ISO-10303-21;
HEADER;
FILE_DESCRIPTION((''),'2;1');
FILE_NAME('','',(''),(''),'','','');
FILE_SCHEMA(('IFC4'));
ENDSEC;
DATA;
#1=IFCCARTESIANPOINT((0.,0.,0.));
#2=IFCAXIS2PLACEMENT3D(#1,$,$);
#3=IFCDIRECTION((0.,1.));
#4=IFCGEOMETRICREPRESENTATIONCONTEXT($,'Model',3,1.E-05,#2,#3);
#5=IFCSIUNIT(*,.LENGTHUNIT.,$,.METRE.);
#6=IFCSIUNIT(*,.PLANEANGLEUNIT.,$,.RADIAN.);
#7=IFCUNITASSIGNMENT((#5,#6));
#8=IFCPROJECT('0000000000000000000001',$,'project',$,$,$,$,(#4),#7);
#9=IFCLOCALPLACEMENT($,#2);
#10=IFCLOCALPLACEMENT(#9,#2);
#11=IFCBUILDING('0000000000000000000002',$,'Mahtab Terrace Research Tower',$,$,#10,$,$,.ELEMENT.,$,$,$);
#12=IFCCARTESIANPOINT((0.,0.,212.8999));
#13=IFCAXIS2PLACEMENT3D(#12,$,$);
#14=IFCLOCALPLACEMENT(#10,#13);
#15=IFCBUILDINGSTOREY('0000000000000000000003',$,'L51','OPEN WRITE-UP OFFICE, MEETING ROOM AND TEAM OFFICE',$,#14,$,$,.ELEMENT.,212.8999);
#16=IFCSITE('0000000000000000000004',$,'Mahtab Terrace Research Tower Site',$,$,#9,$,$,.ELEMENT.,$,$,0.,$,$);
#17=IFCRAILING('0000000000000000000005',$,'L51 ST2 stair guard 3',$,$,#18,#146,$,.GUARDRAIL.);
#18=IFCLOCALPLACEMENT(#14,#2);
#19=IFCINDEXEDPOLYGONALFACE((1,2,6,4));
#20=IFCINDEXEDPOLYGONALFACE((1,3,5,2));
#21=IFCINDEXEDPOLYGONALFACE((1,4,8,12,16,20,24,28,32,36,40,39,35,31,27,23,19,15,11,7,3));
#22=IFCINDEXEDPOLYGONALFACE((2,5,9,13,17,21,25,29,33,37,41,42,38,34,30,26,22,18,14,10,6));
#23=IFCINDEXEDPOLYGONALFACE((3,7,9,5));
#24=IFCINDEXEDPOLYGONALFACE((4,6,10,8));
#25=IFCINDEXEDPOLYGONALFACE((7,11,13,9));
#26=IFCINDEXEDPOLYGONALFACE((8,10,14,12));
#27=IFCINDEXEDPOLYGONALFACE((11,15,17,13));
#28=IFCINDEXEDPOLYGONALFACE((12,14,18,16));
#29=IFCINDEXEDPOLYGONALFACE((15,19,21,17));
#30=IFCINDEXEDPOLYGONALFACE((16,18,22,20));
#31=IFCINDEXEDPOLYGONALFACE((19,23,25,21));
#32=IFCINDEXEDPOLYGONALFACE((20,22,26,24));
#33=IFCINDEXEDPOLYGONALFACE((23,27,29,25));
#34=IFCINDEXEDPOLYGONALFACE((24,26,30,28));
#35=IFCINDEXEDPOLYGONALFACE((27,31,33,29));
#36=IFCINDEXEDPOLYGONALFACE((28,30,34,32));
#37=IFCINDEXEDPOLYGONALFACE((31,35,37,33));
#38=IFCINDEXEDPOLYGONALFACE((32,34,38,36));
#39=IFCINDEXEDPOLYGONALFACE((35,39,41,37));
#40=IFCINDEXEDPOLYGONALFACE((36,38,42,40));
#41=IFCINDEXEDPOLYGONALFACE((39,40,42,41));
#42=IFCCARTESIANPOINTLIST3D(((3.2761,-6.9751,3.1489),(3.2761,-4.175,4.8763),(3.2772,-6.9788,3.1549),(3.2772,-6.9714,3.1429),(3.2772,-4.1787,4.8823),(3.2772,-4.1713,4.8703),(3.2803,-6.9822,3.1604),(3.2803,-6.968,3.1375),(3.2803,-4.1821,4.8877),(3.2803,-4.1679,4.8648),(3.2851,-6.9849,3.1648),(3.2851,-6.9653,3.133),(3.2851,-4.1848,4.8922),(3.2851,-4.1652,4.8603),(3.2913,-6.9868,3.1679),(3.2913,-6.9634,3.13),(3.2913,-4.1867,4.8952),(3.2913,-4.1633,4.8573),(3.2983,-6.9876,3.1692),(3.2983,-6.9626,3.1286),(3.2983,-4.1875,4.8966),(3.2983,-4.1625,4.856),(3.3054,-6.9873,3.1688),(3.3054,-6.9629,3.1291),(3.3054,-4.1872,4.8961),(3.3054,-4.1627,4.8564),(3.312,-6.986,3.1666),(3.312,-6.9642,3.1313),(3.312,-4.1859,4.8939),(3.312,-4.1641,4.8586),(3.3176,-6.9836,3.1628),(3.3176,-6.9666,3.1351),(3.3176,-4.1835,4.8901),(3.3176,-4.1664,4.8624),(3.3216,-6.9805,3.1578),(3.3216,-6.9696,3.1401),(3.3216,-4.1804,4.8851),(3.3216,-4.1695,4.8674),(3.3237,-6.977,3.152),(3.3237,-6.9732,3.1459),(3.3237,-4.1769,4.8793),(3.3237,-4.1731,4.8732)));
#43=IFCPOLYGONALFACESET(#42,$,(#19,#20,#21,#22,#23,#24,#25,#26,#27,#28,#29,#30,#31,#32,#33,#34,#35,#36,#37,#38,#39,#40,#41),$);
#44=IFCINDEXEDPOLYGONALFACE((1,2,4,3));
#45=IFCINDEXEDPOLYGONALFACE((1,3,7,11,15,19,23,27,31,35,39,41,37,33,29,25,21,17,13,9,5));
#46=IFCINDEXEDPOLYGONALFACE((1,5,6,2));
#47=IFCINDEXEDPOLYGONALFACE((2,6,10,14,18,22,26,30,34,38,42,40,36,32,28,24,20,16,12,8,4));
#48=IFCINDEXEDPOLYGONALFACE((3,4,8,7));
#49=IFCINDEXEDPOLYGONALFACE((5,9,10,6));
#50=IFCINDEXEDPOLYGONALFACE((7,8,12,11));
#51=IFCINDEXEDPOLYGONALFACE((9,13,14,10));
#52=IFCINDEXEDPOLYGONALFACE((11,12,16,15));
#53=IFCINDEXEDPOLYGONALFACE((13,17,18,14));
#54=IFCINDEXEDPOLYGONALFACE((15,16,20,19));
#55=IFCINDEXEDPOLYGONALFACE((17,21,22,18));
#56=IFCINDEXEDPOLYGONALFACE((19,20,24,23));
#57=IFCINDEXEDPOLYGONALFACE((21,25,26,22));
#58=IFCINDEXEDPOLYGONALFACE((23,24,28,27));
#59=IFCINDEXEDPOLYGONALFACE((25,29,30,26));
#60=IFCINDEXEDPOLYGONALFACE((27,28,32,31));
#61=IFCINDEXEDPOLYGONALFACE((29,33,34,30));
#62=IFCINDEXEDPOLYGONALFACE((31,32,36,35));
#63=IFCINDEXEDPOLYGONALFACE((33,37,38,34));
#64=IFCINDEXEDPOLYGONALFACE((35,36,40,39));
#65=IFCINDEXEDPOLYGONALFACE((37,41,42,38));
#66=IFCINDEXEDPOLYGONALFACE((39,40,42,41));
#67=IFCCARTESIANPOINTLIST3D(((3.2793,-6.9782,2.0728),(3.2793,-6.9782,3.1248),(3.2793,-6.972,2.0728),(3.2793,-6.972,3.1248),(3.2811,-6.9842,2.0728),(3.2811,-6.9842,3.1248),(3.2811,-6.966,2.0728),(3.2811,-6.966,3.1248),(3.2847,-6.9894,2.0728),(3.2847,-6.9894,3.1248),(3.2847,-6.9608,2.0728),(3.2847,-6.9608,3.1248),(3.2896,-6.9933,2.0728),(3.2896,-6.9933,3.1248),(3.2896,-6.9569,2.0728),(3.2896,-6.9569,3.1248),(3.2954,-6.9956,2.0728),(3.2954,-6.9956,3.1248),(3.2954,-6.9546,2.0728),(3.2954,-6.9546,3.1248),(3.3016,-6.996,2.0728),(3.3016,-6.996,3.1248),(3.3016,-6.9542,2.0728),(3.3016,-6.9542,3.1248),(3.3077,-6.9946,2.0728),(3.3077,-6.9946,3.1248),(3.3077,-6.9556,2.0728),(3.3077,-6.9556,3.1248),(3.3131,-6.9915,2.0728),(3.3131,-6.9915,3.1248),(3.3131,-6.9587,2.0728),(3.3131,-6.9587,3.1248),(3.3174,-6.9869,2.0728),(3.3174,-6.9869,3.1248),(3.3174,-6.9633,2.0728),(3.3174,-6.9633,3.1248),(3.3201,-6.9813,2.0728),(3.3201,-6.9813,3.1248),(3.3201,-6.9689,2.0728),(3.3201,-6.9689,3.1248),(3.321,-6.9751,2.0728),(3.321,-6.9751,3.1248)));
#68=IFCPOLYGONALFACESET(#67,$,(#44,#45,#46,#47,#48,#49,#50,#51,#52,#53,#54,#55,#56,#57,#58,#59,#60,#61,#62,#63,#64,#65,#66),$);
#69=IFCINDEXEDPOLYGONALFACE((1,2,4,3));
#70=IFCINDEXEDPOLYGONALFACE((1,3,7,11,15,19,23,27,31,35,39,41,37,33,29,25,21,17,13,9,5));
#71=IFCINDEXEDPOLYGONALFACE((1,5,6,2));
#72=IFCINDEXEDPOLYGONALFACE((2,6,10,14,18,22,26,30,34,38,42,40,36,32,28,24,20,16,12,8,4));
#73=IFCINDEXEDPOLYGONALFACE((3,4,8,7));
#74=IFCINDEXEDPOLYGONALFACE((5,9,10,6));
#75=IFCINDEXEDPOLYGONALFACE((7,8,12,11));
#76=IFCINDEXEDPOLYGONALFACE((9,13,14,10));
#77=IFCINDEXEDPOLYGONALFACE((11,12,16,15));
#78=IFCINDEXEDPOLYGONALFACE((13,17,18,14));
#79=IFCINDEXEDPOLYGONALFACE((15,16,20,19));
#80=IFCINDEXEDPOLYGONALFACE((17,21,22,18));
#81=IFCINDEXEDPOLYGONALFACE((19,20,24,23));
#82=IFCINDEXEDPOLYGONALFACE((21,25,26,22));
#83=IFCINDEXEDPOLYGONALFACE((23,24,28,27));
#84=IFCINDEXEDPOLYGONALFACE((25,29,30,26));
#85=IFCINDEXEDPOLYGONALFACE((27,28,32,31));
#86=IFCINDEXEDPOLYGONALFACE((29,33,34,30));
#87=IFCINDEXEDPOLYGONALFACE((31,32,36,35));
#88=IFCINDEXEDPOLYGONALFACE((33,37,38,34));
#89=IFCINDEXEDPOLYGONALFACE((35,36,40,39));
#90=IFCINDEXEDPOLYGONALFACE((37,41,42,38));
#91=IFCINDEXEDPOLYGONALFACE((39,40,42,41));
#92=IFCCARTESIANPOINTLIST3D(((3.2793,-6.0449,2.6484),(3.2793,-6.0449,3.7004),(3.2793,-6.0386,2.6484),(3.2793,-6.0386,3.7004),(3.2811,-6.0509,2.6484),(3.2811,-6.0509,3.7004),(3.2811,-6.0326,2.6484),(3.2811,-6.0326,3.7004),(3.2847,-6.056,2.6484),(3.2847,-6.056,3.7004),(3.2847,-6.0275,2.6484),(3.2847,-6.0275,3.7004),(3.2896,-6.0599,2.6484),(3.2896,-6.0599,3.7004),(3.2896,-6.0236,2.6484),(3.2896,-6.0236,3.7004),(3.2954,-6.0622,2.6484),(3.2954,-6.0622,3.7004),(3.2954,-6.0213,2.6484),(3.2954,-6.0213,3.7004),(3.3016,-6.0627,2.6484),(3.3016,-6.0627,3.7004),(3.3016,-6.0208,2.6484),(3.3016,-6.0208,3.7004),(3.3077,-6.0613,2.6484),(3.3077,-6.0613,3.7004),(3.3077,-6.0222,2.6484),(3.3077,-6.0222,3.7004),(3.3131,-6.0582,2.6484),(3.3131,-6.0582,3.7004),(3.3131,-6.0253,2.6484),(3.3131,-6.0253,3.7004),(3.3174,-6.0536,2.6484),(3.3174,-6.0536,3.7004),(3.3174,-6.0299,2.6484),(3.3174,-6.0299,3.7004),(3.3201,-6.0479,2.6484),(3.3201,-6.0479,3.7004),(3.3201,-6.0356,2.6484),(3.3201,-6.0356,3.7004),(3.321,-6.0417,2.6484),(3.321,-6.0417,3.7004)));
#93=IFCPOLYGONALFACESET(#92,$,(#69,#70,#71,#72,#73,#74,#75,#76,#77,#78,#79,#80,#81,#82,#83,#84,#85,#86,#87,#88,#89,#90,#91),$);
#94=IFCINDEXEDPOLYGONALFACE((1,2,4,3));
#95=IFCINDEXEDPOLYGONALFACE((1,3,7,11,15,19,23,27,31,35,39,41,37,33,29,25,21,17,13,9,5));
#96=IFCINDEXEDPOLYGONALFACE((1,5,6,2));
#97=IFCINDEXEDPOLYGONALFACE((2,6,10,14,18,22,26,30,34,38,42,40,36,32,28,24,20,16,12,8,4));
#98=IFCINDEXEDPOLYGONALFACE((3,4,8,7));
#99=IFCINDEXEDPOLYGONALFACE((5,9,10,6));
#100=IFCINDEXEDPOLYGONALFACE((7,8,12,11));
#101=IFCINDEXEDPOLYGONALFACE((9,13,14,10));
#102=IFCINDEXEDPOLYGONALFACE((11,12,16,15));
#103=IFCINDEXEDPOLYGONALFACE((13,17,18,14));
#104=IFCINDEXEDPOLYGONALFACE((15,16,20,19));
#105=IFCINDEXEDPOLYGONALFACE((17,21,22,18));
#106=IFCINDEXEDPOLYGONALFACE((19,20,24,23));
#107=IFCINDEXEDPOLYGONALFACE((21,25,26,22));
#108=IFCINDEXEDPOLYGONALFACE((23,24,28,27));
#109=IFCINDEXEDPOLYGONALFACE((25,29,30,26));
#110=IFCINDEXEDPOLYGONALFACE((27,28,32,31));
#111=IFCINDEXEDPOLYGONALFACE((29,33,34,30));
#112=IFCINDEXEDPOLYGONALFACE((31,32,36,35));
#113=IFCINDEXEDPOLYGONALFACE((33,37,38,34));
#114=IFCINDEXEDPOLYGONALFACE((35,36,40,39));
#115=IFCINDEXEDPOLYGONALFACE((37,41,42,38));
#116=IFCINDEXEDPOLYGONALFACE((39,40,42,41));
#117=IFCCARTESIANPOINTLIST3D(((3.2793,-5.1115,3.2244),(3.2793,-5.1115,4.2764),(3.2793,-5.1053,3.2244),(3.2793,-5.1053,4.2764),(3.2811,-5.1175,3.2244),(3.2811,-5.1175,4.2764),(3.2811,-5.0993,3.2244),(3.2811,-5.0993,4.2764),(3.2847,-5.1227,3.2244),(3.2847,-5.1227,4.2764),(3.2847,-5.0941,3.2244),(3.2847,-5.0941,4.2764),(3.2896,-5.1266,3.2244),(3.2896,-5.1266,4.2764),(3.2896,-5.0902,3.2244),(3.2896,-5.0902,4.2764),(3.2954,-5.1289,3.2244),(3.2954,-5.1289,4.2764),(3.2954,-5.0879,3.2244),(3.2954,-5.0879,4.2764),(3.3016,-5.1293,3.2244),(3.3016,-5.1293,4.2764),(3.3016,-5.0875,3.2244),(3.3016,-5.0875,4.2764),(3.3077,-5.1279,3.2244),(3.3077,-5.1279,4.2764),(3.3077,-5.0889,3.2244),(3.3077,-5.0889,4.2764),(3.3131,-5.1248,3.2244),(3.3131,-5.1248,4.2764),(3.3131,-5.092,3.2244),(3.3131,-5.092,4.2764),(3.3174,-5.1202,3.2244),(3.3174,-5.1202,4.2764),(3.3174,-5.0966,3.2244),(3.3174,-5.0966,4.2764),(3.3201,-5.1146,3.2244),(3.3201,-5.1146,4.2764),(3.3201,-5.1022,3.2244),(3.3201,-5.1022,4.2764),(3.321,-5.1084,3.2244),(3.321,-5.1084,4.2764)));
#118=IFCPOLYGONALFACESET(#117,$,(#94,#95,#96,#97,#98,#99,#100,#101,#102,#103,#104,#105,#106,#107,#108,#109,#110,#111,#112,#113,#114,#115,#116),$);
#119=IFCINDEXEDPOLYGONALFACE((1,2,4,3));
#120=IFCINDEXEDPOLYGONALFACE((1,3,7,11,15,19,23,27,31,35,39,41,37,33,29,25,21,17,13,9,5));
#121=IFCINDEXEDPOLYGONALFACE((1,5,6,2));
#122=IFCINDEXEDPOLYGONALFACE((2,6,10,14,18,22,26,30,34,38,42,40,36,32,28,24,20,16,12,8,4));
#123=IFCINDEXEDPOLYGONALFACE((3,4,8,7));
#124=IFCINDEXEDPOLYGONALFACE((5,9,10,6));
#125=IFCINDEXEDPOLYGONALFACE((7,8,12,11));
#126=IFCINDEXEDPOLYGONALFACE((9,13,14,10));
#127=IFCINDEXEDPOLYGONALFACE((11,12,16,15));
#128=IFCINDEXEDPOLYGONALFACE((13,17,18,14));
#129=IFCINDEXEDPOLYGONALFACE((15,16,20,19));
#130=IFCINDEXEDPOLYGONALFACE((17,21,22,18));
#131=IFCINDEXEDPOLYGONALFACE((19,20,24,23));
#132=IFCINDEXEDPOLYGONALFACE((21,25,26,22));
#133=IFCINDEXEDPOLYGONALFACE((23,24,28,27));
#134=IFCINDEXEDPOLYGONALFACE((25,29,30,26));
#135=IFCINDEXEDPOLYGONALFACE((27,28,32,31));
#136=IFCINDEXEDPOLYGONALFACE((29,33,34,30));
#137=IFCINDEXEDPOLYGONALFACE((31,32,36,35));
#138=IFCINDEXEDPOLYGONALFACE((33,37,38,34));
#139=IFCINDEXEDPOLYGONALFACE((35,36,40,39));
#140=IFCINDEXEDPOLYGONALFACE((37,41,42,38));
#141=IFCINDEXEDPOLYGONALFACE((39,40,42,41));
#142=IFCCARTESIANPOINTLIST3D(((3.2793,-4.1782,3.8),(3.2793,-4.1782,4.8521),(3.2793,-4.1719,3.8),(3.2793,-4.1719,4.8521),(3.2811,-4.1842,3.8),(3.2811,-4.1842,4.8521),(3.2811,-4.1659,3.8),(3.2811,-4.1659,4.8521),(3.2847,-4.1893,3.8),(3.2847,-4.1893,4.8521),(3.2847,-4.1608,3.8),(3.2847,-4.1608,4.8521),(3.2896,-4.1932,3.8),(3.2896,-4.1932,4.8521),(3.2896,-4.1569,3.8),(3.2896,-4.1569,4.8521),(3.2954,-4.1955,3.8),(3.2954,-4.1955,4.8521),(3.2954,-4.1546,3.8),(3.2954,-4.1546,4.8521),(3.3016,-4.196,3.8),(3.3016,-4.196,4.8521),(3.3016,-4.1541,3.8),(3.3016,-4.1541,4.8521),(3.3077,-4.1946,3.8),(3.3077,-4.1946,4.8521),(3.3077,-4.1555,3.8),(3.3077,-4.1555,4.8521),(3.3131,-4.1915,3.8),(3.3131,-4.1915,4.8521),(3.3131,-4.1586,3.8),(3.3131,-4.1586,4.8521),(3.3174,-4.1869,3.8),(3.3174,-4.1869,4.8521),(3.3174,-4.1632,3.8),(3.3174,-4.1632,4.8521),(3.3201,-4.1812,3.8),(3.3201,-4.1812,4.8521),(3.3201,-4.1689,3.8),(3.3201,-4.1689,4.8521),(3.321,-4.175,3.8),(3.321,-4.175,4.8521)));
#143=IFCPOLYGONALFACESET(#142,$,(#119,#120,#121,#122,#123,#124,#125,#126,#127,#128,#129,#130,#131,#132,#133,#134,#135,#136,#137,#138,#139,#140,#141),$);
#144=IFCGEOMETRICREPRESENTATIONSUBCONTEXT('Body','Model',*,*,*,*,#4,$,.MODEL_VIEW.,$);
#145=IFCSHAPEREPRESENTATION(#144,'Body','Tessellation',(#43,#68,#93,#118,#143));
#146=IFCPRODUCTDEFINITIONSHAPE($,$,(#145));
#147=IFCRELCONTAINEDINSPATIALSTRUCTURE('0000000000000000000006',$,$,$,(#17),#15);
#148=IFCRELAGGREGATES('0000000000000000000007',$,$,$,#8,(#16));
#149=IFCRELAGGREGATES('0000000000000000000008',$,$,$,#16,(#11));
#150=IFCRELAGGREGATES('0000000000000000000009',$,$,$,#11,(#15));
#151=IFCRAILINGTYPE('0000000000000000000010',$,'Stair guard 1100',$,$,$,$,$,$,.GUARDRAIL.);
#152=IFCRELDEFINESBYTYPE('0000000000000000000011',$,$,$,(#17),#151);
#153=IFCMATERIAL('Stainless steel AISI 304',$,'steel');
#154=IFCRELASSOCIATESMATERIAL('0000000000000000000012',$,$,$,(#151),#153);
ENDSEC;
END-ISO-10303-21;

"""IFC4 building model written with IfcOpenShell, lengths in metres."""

from ifc_helpers import new_model, si_unit, direction, frame, origin, origin_2d, place, context, subcontext, project, spatial, circle, extrude, material, type_object, element, save


model = new_model("IFC4")

# Units and contexts
model_context = context("Model", 3, precision=1e-05, world=origin(), true_north=direction((0.0, 1.0)))
body_context = subcontext(model_context, "Body", "Model", "MODEL_VIEW")
ifc_project = project(units=[si_unit("LENGTHUNIT", "METRE"), si_unit("PLANEANGLEUNIT", "RADIAN")], contexts=[model_context])

# Site, building, storey
site_placement = place(None, origin())
site = spatial("IfcSite", under=ifc_project, at=site_placement, Name="Mahtab Terrace Research Tower Site", CompositionType="ELEMENT", RefElevation=0.0)
building_placement = place(site_placement, origin())
building = spatial("IfcBuilding", under=site, at=building_placement, Name="Mahtab Terrace Research Tower", CompositionType="ELEMENT")
storey_placement = place(building_placement, frame((0.0, 0.0, 212.8999)))
storey = spatial("IfcBuildingStorey", under=building, at=storey_placement, Name="L51", Description="OPEN WRITE-UP OFFICE, MEETING ROOM AND TEAM OFFICE", CompositionType="ELEMENT", Elevation=212.8999)

# Shared definitions
ifc_material_1 = material(Name="Stainless steel AISI 304", Category="steel")

# Railing
railing_type = type_object("IfcRailingType", Name="Stair guard 1100", PredefinedType="GUARDRAIL", material=ifc_material_1)
railing_1_placement = place(storey_placement, frame((3.3, -6.9751, 2.0728)))
element("IfcRailing", 1, at=railing_1_placement, inside=storey, type_object=railing_type, Name="L51 ST2 stair guard 3", PredefinedType="GUARDRAIL", context=body_context, shape_type="SweptSolid", body=[
    extrude(circle(Radius=0.0239, at=origin_2d()), frame((0.0, 0.0, 1.0762), z_axis=(0.0, 0.85109, 0.52502), x_axis=(-1.0, 0.0, 0.0)), (0.0, 0.0, 1.0), 3.29),
    extrude(circle(Radius=0.021, at=origin_2d()), origin(), (0.0, 0.0, 1.0), 1.052),
    extrude(circle(Radius=0.021, at=origin_2d()), frame((0.0, 0.9333, 0.5757)), (0.0, 0.0, 1.0), 1.052),
    extrude(circle(Radius=0.021, at=origin_2d()), frame((0.0, 1.8667, 1.1516)), (0.0, 0.0, 1.0), 1.052),
    extrude(circle(Radius=0.021, at=origin_2d()), frame((0.0, 2.8, 1.7273)), (0.0, 0.0, 1.0), 1.052),
])

save(model, "model.ifc")
